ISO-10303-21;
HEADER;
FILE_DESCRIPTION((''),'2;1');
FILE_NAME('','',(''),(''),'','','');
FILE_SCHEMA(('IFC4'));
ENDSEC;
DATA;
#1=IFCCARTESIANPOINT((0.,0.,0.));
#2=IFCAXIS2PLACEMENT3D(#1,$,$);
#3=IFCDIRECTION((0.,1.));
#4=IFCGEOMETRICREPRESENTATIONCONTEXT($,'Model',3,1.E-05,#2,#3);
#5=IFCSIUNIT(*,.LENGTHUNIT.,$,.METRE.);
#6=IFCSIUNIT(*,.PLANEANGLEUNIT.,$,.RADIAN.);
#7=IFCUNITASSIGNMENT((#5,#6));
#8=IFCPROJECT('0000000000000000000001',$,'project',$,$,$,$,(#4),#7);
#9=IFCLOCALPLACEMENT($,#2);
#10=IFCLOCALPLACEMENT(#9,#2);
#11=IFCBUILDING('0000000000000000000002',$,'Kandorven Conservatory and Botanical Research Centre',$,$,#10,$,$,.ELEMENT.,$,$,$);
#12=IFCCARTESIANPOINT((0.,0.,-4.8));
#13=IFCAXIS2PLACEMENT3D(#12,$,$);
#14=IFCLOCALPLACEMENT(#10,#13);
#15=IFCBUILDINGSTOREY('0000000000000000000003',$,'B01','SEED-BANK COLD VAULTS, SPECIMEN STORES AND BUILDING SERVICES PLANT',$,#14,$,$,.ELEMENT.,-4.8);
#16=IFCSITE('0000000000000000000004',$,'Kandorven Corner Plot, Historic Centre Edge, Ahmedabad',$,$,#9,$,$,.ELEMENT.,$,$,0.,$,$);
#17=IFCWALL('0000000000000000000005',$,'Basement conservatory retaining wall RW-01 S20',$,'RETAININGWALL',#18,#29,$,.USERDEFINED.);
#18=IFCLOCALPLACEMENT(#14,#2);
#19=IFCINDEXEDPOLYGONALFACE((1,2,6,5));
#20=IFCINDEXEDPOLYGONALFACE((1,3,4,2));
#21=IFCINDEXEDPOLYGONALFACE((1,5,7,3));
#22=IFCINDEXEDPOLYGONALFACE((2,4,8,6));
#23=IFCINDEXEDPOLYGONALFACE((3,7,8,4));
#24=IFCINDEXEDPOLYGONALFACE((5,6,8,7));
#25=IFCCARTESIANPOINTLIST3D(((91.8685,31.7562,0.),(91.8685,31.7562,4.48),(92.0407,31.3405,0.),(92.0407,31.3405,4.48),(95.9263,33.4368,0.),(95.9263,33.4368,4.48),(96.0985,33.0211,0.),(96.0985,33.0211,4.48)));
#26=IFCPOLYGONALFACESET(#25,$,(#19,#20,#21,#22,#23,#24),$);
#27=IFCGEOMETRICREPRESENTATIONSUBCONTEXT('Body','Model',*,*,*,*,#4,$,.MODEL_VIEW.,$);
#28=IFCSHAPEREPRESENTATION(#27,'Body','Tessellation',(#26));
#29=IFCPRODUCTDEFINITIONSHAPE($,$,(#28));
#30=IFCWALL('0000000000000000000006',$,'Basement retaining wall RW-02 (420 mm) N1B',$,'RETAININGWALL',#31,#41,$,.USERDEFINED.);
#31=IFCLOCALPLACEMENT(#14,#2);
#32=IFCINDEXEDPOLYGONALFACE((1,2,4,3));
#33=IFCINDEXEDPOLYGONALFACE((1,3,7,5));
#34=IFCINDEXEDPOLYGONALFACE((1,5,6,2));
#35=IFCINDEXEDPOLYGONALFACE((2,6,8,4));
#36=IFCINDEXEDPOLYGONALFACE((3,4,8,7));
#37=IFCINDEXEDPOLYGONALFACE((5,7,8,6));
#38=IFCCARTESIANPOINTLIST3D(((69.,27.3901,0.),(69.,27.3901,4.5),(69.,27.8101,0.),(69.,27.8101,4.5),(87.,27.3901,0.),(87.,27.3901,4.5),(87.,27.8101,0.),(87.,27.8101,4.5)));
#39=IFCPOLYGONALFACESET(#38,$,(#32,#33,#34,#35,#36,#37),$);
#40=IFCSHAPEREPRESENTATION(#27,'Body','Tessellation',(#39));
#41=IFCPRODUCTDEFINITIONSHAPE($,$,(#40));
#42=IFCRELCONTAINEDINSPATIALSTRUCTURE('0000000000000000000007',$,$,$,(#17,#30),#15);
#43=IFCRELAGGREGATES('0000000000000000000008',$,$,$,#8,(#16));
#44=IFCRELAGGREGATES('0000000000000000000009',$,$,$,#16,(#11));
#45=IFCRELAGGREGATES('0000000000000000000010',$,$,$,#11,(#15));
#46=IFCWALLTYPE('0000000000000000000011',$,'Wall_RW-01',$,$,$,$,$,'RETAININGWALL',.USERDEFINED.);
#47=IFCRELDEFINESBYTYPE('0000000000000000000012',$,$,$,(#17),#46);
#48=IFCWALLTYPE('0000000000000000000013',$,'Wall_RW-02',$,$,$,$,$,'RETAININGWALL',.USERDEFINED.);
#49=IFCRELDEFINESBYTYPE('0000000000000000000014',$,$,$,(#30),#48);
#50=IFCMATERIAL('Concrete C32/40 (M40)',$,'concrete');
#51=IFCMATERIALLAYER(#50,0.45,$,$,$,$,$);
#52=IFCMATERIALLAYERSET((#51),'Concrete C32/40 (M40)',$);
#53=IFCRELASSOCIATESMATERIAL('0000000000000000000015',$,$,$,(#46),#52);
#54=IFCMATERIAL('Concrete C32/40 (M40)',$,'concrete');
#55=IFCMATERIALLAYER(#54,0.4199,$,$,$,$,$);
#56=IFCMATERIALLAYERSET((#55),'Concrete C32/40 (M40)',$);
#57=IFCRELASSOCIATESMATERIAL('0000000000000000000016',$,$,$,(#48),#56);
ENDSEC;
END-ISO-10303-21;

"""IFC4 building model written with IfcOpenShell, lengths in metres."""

from ifc_helpers import new_model, si_unit, direction, frame, frame_2d, origin, place, context, subcontext, project, spatial, rectangle, extrude, material, layer, layer_set, type_object, element, save


model = new_model("IFC4")

# Units and contexts
model_context = context("Model", 3, precision=1e-05, world=origin(), true_north=direction((0.0, 1.0)))
body_context = subcontext(model_context, "Body", "Model", "MODEL_VIEW")
ifc_project = project(units=[si_unit("LENGTHUNIT", "METRE"), si_unit("PLANEANGLEUNIT", "RADIAN")], contexts=[model_context])

# Site, building, storey
site_placement = place(None, origin())
site = spatial("IfcSite", under=ifc_project, at=site_placement, Name="Kandorven Corner Plot, Historic Centre Edge, Ahmedabad", CompositionType="ELEMENT", RefElevation=0.0)
building_placement = place(site_placement, origin())
building = spatial("IfcBuilding", under=site, at=building_placement, Name="Kandorven Conservatory and Botanical Research Centre", CompositionType="ELEMENT")
storey_placement = place(building_placement, frame((0.0, 0.0, -4.8)))
storey = spatial("IfcBuildingStorey", under=building, at=storey_placement, Name="B01", Description="SEED-BANK COLD VAULTS, SPECIMEN STORES AND BUILDING SERVICES PLANT", CompositionType="ELEMENT", Elevation=-4.8)

# Walls
ifc_material_1 = material(Name="Concrete C32/40 (M40)", Category="concrete")
ifc_layer_1 = layer(ifc_material_1, 0.45)
ifc_layer_set_1 = layer_set([ifc_layer_1], Name="Concrete C32/40 (M40)")
wall_type_1 = type_object("IfcWallType", Name="Wall_RW-01", ElementType="RETAININGWALL", PredefinedType="USERDEFINED", material=ifc_layer_set_1)
for number, where, z_axis, x_axis, name in (
    (1, (91.9546, 31.5483, 0.0), (0.0, 0.0, 1.0), (0.923892, 0.382653, 0.0), "Basement conservatory retaining wall RW-01 S20"),
):
    element("IfcWall", number, at=place(storey_placement, frame(where, z_axis=z_axis, x_axis=x_axis)), inside=storey, type_object=wall_type_1, Name=name, ObjectType="RETAININGWALL", PredefinedType="USERDEFINED", context=body_context, shape_type="SweptSolid", body=[
        extrude(rectangle(XDim=4.3921, YDim=0.45, at=frame_2d((2.196, 0.0))), origin(), (0.0, 0.0, 1.0), 4.48),
    ])
ifc_material_2 = material(Name="Concrete C32/40 (M40)", Category="concrete")
ifc_layer_2 = layer(ifc_material_2, 0.4199)
ifc_layer_set_2 = layer_set([ifc_layer_2], Name="Concrete C32/40 (M40)")
wall_type_2 = type_object("IfcWallType", Name="Wall_RW-02", ElementType="RETAININGWALL", PredefinedType="USERDEFINED", material=ifc_layer_set_2)
wall_1_placement = place(storey_placement, frame((87.0, 27.6001, 0.0), z_axis=(0.0, 0.0, 1.0), x_axis=(-1.0, 0.0, 0.0)))
element("IfcWall", 2, at=wall_1_placement, inside=storey, type_object=wall_type_2, Name="Basement retaining wall RW-02 (420 mm) N1B", ObjectType="RETAININGWALL", PredefinedType="USERDEFINED", context=body_context, shape_type="SweptSolid", body=[
    extrude(rectangle(XDim=18.0, YDim=0.4199, at=frame_2d((9.0, 0.0))), origin(), (0.0, 0.0, 1.0), 4.5),
])

save(model, "model.ifc")
